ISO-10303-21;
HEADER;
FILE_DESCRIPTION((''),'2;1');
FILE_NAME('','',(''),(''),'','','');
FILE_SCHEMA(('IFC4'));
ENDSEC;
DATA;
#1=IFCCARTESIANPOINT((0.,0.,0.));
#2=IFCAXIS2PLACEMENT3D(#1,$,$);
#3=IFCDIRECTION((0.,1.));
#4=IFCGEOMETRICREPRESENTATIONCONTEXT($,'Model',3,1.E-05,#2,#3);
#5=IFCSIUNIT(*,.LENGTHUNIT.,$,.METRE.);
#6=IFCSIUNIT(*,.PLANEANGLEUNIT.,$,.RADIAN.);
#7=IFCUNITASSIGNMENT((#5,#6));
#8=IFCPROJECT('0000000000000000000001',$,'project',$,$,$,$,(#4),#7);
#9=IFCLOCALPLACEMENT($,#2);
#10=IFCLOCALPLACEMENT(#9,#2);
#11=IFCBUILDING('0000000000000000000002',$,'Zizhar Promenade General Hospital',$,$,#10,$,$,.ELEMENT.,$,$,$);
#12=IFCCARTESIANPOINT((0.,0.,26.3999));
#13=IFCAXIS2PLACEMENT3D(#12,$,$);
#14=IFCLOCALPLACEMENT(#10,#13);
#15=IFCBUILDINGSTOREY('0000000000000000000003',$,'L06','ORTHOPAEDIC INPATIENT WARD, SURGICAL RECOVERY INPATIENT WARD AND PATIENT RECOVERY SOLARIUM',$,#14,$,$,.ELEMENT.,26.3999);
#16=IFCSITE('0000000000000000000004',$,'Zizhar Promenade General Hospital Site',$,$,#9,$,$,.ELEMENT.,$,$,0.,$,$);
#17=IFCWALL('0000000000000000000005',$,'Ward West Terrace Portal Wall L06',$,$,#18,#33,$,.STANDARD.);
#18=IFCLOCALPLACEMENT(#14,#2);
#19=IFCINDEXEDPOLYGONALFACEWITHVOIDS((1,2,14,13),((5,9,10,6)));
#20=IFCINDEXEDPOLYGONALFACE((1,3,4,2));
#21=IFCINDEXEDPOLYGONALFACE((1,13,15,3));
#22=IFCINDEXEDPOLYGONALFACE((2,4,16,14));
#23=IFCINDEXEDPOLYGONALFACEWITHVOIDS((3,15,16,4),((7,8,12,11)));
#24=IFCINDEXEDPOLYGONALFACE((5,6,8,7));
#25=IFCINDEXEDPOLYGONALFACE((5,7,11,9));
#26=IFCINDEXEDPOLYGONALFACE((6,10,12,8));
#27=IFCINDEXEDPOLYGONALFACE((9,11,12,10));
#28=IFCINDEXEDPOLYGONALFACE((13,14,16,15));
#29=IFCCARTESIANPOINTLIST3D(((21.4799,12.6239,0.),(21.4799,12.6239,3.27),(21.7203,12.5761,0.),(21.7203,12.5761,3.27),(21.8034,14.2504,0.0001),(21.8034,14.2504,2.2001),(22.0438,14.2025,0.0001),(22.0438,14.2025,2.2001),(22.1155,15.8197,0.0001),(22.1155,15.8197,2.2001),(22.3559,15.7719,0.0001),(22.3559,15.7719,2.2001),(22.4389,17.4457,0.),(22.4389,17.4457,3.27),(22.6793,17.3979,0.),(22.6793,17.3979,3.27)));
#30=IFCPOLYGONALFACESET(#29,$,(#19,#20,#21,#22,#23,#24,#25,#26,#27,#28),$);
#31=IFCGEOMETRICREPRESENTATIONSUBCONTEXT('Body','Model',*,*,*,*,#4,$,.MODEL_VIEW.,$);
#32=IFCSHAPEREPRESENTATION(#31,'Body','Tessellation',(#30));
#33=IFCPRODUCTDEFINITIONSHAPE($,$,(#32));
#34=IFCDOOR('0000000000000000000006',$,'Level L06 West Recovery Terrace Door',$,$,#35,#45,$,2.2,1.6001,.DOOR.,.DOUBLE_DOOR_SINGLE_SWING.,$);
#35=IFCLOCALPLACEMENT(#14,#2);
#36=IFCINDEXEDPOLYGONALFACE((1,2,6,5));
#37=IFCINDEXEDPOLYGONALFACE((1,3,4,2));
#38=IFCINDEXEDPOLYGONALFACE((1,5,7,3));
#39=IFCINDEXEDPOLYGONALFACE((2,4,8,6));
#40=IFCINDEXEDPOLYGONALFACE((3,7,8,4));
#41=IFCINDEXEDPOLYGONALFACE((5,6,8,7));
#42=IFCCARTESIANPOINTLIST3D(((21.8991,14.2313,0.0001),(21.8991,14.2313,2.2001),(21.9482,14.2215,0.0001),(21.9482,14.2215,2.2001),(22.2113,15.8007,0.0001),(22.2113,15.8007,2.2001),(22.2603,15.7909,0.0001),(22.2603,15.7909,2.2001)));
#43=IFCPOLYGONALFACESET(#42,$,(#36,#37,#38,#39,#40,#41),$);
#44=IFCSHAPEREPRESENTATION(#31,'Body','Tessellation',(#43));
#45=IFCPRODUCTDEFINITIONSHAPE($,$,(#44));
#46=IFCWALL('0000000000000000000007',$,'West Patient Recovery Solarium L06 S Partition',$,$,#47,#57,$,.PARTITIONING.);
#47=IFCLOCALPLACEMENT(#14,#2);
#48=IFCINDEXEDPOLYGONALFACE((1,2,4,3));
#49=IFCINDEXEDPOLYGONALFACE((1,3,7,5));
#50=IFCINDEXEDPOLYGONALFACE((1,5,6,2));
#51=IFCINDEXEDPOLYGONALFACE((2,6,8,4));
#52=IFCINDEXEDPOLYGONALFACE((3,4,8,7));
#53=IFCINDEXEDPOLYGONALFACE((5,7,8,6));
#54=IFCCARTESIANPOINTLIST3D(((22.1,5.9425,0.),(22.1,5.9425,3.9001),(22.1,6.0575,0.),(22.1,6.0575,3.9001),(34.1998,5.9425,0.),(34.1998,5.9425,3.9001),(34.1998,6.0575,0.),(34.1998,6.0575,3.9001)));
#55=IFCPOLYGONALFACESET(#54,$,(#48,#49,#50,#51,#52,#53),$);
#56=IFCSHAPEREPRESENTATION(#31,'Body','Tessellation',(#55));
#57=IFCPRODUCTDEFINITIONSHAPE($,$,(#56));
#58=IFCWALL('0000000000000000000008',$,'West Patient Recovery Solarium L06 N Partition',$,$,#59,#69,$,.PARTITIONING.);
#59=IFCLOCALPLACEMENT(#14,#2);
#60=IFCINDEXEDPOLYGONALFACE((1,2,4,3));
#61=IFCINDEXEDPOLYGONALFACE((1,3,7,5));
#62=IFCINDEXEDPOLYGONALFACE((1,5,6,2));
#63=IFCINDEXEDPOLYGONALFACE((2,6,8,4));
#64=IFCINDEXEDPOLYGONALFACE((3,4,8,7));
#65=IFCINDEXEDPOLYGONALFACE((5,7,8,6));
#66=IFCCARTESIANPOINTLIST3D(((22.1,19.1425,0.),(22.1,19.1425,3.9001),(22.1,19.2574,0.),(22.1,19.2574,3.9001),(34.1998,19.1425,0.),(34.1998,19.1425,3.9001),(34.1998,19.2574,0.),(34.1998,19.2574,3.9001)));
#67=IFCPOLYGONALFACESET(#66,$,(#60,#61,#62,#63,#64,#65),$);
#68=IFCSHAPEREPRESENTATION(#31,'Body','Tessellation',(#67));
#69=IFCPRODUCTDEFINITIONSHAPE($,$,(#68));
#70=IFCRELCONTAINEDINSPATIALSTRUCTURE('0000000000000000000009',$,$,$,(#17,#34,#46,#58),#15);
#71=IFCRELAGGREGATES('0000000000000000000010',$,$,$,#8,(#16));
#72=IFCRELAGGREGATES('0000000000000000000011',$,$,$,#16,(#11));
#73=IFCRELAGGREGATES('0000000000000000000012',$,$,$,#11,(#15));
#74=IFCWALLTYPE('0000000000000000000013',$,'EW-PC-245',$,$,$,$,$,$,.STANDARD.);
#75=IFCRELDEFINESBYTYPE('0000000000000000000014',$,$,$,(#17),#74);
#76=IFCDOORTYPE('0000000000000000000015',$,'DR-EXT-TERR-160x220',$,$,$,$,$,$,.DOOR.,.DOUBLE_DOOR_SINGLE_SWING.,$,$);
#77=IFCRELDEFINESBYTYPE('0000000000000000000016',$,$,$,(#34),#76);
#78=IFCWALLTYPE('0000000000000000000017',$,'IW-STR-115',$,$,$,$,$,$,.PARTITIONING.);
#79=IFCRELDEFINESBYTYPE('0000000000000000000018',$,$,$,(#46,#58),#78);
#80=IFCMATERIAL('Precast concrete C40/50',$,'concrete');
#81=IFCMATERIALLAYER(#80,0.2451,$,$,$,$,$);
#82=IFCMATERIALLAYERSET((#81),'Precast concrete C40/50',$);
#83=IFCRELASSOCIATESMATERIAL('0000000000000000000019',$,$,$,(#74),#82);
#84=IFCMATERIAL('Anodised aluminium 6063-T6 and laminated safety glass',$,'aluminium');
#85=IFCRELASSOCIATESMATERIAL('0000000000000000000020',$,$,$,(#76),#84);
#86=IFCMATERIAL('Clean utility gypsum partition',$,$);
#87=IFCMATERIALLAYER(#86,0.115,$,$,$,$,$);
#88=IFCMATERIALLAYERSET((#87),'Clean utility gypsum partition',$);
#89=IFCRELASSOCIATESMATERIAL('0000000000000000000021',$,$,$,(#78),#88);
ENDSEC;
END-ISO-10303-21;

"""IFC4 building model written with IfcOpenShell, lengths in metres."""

from ifc_helpers import new_model, si_unit, direction, frame, frame_2d, origin, place, context, subcontext, project, spatial, rectangle, extrude, material, layer, layer_set, type_object, element, fill, save


model = new_model("IFC4")

# Units and contexts
model_context = context("Model", 3, precision=1e-05, world=origin(), true_north=direction((0.0, 1.0)))
body_context = subcontext(model_context, "Body", "Model", "MODEL_VIEW")
ifc_project = project(units=[si_unit("LENGTHUNIT", "METRE"), si_unit("PLANEANGLEUNIT", "RADIAN")], contexts=[model_context])

# Site, building, storey
site_placement = place(None, origin())
site = spatial("IfcSite", under=ifc_project, at=site_placement, Name="Zizhar Promenade General Hospital Site", CompositionType="ELEMENT", RefElevation=0.0)
building_placement = place(site_placement, origin())
building = spatial("IfcBuilding", under=site, at=building_placement, Name="Zizhar Promenade General Hospital", CompositionType="ELEMENT")
storey_placement = place(building_placement, frame((0.0, 0.0, 26.3999)))
storey = spatial("IfcBuildingStorey", under=building, at=storey_placement, Name="L06", Description="ORTHOPAEDIC INPATIENT WARD, SURGICAL RECOVERY INPATIENT WARD AND PATIENT RECOVERY SOLARIUM", CompositionType="ELEMENT", Elevation=26.3999)

# Wall, opening, door
ifc_material_1 = material(Name="Precast concrete C40/50", Category="concrete")
ifc_layer_1 = layer(ifc_material_1, 0.2451)
ifc_layer_set_1 = layer_set([ifc_layer_1], Name="Precast concrete C40/50")
wall_type_1 = type_object("IfcWallType", Name="EW-PC-245", PredefinedType="STANDARD", material=ifc_layer_set_1)
wall_placement = place(storey_placement, frame((21.6001, 12.6001, 0.0), z_axis=(0.0, 0.0, 1.0), x_axis=(0.195066, 0.98079, 0.0)))
wall = element("IfcWall", 1, at=wall_placement, inside=storey, type_object=wall_type_1, Name="Ward West Terrace Portal Wall L06", PredefinedType="STANDARD", context=body_context, shape_type="SweptSolid", body=[
    extrude(rectangle(XDim=4.9163, YDim=0.2451, at=frame_2d((2.458, 0.0))), origin(), (0.0, 0.0, 1.0), 3.27),
])
opening_placement = place(wall_placement, frame((1.6582, 0.0, 0.0)))
opening = element("IfcOpeningElement", 2, at=opening_placement, cuts=wall, PredefinedType="OPENING", context=body_context, shape_type="SweptSolid", body=[
    extrude(rectangle(XDim=1.6001, YDim=2.2, at=frame_2d((0.8, 1.1001))), frame((0.0, 0.1326, 0.0), z_axis=(0.0, -1.0, 0.0), x_axis=(1.0, 0.0, 0.0)), (0.0, 0.0, 1.0), 0.2651),
])
ifc_material_2 = material(Name="Anodised aluminium 6063-T6 and laminated safety glass", Category="aluminium")
door_type = type_object("IfcDoorType", Name="DR-EXT-TERR-160x220", OperationType="DOUBLE_DOOR_SINGLE_SWING", PredefinedType="DOOR", material=ifc_material_2)
door_placement = place(opening_placement, origin())
door = element("IfcDoor", 3, at=door_placement, inside=storey, type_object=door_type, Name="Level L06 West Recovery Terrace Door", OperationType="DOUBLE_DOOR_SINGLE_SWING", OverallHeight=2.2, OverallWidth=1.6001, PredefinedType="DOOR", context=body_context, shape_type="SweptSolid", body=[
    extrude(rectangle(XDim=1.6001, YDim=2.2, at=frame_2d((0.8, 1.1001))), frame((0.0, 0.0249, 0.0), z_axis=(0.0, -1.0, 0.0), x_axis=(1.0, 0.0, 0.0)), (0.0, 0.0, 1.0), 0.05),
])
fill(opening, door)

# Walls
ifc_material_3 = material(Name="Clean utility gypsum partition")
ifc_layer_2 = layer(ifc_material_3, 0.115)
ifc_layer_set_2 = layer_set([ifc_layer_2], Name="Clean utility gypsum partition")
wall_type_2 = type_object("IfcWallType", Name="IW-STR-115", PredefinedType="PARTITIONING", material=ifc_layer_set_2)
for number, where, z_axis, x_axis, name in (
    (4, (22.1001, 6.0, 0.0), (0.0, 0.0, 1.0), (1.0, 0.0, 0.0), "West Patient Recovery Solarium L06 S Partition"),
    (5, (22.1001, 19.2, 0.0), (0.0, 0.0, 1.0), (1.0, 0.0, 0.0), "West Patient Recovery Solarium L06 N Partition"),
):
    element("IfcWall", number, at=place(storey_placement, frame(where, z_axis=z_axis, x_axis=x_axis)), inside=storey, type_object=wall_type_2, Name=name, PredefinedType="PARTITIONING", context=body_context, shape_type="SweptSolid", body=[
        extrude(rectangle(XDim=12.0999, YDim=0.115, at=frame_2d((6.0498, 0.0))), origin(), (0.0, 0.0, 1.0), 3.9001),
    ])

save(model, "model.ifc")
